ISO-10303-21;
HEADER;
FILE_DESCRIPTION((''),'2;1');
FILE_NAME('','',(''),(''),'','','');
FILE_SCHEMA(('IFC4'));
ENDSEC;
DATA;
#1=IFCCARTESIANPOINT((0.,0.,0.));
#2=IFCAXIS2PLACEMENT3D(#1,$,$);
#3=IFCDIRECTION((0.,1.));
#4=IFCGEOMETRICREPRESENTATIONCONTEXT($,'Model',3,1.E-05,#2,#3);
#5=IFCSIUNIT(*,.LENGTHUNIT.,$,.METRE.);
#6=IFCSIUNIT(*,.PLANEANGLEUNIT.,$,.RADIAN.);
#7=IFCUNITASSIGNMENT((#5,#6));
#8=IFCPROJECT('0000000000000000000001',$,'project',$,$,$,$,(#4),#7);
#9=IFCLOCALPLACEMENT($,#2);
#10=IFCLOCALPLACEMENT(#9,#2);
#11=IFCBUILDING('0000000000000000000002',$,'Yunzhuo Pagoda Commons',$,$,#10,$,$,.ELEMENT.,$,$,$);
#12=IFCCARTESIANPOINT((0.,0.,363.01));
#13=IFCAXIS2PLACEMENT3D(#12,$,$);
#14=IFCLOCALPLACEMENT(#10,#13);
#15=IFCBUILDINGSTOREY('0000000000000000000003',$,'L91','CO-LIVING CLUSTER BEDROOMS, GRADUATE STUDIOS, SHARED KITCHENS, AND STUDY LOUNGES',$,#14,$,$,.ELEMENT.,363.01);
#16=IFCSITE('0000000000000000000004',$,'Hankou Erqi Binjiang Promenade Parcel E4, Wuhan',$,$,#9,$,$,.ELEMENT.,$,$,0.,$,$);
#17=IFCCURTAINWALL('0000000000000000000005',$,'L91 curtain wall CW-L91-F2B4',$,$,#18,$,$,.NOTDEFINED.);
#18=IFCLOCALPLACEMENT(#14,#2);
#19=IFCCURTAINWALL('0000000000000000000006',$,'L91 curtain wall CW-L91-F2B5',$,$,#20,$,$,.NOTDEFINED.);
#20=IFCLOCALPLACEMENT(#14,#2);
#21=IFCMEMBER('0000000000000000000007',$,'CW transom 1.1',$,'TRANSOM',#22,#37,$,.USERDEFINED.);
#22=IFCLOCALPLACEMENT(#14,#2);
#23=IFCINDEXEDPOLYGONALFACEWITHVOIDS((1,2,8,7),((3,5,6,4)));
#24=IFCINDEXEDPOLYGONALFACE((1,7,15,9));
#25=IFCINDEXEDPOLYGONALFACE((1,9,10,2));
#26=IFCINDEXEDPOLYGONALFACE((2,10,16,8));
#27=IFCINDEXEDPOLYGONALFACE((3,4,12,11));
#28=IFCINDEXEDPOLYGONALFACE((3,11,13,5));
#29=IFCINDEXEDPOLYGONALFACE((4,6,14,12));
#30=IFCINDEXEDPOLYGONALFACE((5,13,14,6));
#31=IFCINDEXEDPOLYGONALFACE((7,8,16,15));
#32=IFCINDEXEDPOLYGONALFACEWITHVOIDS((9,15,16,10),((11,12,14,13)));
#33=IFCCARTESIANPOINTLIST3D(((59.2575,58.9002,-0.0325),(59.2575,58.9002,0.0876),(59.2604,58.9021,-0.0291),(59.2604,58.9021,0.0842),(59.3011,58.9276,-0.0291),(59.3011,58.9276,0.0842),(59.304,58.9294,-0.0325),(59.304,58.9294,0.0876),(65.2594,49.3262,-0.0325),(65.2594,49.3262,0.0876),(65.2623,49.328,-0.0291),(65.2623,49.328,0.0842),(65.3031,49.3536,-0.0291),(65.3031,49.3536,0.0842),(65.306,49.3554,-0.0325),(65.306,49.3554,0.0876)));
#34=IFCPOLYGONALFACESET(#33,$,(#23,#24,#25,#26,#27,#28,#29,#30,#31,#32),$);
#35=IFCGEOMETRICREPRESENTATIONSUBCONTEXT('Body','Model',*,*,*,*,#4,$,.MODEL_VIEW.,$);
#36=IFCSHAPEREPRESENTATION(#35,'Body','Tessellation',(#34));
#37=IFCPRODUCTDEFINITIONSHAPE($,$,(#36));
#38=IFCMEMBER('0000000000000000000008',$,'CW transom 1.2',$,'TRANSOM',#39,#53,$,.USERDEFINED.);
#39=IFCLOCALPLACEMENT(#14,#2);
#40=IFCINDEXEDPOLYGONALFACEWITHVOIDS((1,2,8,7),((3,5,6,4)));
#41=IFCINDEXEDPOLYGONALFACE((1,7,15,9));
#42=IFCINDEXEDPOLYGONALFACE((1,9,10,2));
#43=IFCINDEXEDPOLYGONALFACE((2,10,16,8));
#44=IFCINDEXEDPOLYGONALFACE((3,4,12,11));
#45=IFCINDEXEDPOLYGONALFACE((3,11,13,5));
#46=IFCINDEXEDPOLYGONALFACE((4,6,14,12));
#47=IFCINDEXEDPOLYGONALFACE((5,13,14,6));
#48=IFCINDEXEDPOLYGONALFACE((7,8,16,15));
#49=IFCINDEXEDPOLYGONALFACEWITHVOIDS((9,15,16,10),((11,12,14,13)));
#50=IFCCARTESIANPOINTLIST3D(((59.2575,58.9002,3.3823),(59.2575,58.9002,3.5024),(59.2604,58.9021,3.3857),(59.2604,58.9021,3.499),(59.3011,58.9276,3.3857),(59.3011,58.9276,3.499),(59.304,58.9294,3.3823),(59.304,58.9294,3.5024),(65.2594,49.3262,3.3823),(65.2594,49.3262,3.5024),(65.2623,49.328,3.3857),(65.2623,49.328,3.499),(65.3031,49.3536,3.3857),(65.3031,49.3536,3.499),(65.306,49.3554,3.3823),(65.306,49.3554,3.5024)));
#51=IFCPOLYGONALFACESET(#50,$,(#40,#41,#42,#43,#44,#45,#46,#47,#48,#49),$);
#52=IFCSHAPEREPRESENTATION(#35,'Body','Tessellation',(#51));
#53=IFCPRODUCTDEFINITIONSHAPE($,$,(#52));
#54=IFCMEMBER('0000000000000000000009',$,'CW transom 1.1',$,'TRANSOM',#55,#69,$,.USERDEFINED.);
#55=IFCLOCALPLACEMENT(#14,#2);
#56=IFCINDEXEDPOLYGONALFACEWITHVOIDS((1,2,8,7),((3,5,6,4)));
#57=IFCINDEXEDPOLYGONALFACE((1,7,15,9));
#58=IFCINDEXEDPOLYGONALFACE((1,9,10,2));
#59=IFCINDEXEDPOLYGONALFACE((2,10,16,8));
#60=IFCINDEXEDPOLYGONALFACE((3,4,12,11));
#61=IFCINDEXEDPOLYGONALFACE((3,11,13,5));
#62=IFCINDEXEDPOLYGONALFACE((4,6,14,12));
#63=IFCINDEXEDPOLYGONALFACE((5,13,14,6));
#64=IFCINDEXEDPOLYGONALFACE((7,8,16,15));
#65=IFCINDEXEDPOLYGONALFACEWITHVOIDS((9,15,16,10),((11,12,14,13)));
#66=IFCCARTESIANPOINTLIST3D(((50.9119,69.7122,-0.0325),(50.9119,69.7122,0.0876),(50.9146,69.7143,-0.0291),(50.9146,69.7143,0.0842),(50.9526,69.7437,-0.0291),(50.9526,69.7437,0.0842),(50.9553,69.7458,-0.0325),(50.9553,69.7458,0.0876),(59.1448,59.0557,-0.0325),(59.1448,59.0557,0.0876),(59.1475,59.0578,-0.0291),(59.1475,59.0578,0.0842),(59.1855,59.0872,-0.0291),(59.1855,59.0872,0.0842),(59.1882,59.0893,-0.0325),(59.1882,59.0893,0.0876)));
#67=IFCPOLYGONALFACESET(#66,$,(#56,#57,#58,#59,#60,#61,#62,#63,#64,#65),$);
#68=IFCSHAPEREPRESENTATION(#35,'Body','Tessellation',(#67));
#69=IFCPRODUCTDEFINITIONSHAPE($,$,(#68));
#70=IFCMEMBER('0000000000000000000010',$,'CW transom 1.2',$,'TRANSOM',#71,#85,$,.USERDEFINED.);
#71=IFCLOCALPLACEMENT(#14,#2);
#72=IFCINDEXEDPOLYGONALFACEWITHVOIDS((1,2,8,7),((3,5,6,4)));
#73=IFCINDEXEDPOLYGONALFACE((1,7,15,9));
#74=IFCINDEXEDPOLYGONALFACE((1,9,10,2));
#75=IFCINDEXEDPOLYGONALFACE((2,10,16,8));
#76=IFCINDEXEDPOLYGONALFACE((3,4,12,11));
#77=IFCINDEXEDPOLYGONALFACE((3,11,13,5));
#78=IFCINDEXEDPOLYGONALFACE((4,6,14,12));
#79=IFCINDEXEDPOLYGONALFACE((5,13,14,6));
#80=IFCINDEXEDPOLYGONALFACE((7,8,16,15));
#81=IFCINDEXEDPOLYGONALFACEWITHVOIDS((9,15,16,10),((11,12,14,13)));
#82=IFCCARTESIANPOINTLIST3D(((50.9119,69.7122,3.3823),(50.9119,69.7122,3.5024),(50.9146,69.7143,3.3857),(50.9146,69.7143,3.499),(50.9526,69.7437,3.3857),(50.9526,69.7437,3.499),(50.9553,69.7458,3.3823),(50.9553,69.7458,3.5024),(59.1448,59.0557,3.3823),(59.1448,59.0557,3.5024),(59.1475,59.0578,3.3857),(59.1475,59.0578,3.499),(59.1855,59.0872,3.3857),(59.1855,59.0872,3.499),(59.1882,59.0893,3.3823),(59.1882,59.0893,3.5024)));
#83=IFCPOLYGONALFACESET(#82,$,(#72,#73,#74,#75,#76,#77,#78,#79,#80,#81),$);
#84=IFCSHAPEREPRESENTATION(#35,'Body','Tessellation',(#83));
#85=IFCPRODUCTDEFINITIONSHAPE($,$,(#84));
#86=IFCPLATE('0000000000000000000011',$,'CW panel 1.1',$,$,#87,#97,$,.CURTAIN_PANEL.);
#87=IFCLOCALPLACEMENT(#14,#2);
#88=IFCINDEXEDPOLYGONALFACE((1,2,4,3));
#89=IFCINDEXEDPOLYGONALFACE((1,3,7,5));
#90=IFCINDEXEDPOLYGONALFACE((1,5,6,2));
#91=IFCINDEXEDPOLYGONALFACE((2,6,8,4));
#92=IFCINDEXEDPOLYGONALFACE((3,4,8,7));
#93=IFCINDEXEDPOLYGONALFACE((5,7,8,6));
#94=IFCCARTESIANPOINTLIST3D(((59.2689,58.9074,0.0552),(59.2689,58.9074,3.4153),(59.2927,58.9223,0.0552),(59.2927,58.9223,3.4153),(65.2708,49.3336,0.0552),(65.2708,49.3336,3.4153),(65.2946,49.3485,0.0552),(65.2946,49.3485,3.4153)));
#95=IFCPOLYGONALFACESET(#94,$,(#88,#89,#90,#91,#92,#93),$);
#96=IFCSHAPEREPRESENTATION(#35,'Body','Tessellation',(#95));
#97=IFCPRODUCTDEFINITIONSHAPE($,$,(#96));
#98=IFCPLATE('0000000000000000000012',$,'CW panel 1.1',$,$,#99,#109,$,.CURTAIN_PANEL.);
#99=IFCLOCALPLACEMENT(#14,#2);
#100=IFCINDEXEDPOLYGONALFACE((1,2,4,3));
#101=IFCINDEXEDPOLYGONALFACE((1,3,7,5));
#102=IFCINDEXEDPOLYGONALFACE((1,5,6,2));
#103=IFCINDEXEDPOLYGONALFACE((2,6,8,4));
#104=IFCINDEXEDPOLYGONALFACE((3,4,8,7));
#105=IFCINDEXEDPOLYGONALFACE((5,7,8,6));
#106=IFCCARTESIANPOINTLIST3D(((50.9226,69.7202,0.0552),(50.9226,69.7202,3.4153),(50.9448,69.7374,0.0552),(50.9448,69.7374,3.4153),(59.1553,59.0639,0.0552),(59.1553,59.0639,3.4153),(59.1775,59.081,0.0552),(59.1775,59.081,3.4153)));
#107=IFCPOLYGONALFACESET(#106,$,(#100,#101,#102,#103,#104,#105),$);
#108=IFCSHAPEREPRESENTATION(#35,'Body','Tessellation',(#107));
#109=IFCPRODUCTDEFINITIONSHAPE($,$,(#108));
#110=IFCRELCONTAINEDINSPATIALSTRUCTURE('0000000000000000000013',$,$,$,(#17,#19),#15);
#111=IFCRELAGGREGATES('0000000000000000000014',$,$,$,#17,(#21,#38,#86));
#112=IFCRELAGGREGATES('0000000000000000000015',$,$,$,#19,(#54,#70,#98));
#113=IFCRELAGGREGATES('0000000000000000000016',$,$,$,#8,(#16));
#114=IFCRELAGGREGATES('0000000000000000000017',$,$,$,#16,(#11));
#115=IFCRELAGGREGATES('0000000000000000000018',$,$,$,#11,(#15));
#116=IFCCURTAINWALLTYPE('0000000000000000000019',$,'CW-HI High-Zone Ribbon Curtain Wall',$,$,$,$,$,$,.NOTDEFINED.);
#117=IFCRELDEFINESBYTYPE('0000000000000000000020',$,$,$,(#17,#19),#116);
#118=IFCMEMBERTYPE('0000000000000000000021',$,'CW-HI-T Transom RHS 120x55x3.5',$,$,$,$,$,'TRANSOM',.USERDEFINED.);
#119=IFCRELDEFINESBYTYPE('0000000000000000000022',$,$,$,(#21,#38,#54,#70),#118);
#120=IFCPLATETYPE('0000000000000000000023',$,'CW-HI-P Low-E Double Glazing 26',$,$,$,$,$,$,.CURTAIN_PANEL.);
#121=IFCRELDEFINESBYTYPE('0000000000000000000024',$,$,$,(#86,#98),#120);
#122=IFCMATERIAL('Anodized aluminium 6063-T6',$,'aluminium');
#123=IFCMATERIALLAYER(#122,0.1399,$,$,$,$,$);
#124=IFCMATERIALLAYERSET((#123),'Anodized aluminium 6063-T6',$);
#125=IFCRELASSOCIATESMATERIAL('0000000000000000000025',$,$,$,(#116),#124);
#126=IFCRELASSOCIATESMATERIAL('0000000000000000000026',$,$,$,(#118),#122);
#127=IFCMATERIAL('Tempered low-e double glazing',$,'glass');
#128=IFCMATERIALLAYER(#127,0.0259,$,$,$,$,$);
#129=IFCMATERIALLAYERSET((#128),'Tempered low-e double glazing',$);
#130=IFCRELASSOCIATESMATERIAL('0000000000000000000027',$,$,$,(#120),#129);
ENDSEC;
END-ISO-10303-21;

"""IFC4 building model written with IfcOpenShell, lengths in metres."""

from ifc_helpers import new_model, si_unit, direction, frame, origin, origin_2d, place, context, subcontext, project, spatial, rectangle, hollow_rectangle, extrude, source, transform, mapped, material, layer, layer_set, material_profile, profile_set, type_object, element, aggregate, save


model = new_model("IFC4")

# Units and contexts
model_context = context("Model", 3, precision=1e-05, world=origin(), true_north=direction((0.0, 1.0)))
body_context = subcontext(model_context, "Body", "Model", "MODEL_VIEW")
ifc_project = project(units=[si_unit("LENGTHUNIT", "METRE"), si_unit("PLANEANGLEUNIT", "RADIAN")], contexts=[model_context])

# Site, building, storey
site_placement = place(None, origin())
site = spatial("IfcSite", under=ifc_project, at=site_placement, Name="Hankou Erqi Binjiang Promenade Parcel E4, Wuhan", CompositionType="ELEMENT", RefElevation=0.0)
building_placement = place(site_placement, origin())
building = spatial("IfcBuilding", under=site, at=building_placement, Name="Yunzhuo Pagoda Commons", CompositionType="ELEMENT")
storey_placement = place(building_placement, frame((0.0, 0.0, 363.01)))
storey = spatial("IfcBuildingStorey", under=building, at=storey_placement, Name="L91", Description="CO-LIVING CLUSTER BEDROOMS, GRADUATE STUDIOS, SHARED KITCHENS, AND STUDY LOUNGES", CompositionType="ELEMENT", Elevation=363.01)

# Curtain walls
ifc_material_1 = material(Name="Anodized aluminium 6063-T6", Category="aluminium")
ifc_layer_1 = layer(ifc_material_1, 0.1399)
ifc_layer_set_1 = layer_set([ifc_layer_1], Name="Anodized aluminium 6063-T6")
curtain_wall_type = type_object("IfcCurtainWallType", Name="CW-HI High-Zone Ribbon Curtain Wall", PredefinedType="NOTDEFINED", material=ifc_layer_set_1)
curtain_wall_1_placement = place(storey_placement, origin())
curtain_wall_1 = element("IfcCurtainWall", 1, at=curtain_wall_1_placement, inside=storey, type_object=curtain_wall_type, Name="L91 curtain wall CW-L91-F2B4", PredefinedType="NOTDEFINED")
curtain_wall_2_placement = place(storey_placement, origin())
curtain_wall_2 = element("IfcCurtainWall", 2, at=curtain_wall_2_placement, inside=storey, type_object=curtain_wall_type, Name="L91 curtain wall CW-L91-F2B5", PredefinedType="NOTDEFINED")

# Members
ifc_material_profile_1 = material_profile(ifc_material_1, hollow_rectangle(XDim=0.0549, YDim=0.1201, WallThickness=0.0034, at=origin_2d()), Name="Anodized aluminium 6063-T6")
ifc_profile_set_1 = profile_set([ifc_material_profile_1], Name="Anodized aluminium 6063-T6")
member_type_1 = type_object("IfcMemberType", Name="CW-HI-T Transom RHS 120x55x3.5", ElementType="TRANSOM", PredefinedType="USERDEFINED", material=ifc_profile_set_1)
shared_shape_1 = source(origin(), body_context, "Body", "SweptSolid", [
    extrude(hollow_rectangle(XDim=0.0549, YDim=0.1201, WallThickness=0.0034, at=origin_2d()), origin(), (0.0, 0.0, 1.0), 11.2998),
])
member_1_placement = place(storey_placement, frame((65.2827, 49.3408, 0.0276), z_axis=(-0.531158, 0.847273, 0.0), x_axis=(-0.847273, -0.531158, 0.0)))
member_1 = element("IfcMember", 3, at=member_1_placement, type_object=member_type_1, Name="CW transom 1.1", ObjectType="TRANSOM", PredefinedType="USERDEFINED", context=body_context, shape_type="MappedRepresentation", body=[
    mapped(shared_shape_1, transform((0.0, 0.0, 0.0), scale=1.0)),
])
member_2_placement = place(storey_placement, frame((65.2827, 49.3408, 3.4424), z_axis=(-0.531158, 0.847273, 0.0), x_axis=(-0.847273, -0.531158, 0.0)))
member_2 = element("IfcMember", 4, at=member_2_placement, type_object=member_type_1, Name="CW transom 1.2", ObjectType="TRANSOM", PredefinedType="USERDEFINED", context=body_context, shape_type="MappedRepresentation", body=[
    mapped(shared_shape_1, transform((0.0, 0.0, 0.0), scale=1.0)),
])
shared_shape_2 = source(origin(), body_context, "Body", "SweptSolid", [
    extrude(hollow_rectangle(XDim=0.0549, YDim=0.1201, WallThickness=0.0034, at=origin_2d()), origin(), (0.0, 0.0, 1.0), 13.4663),
])
member_3_placement = place(storey_placement, frame((59.1665, 59.0725, 0.0276), z_axis=(-0.611371, 0.791344, 0.0), x_axis=(-0.791344, -0.611371, 0.0)))
member_3 = element("IfcMember", 5, at=member_3_placement, type_object=member_type_1, Name="CW transom 1.1", ObjectType="TRANSOM", PredefinedType="USERDEFINED", context=body_context, shape_type="MappedRepresentation", body=[
    mapped(shared_shape_2, transform((0.0, 0.0, 0.0), scale=1.0)),
])
member_4_placement = place(storey_placement, frame((59.1665, 59.0725, 3.4424), z_axis=(-0.611371, 0.791344, 0.0), x_axis=(-0.791344, -0.611371, 0.0)))
member_4 = element("IfcMember", 6, at=member_4_placement, type_object=member_type_1, Name="CW transom 1.2", ObjectType="TRANSOM", PredefinedType="USERDEFINED", context=body_context, shape_type="MappedRepresentation", body=[
    mapped(shared_shape_2, transform((0.0, 0.0, 0.0), scale=1.0)),
])

# Plates
ifc_material_2 = material(Name="Tempered low-e double glazing", Category="glass")
ifc_layer_2 = layer(ifc_material_2, 0.0259)
ifc_layer_set_2 = layer_set([ifc_layer_2], Name="Tempered low-e double glazing")
plate_type = type_object("IfcPlateType", Name="CW-HI-P Low-E Double Glazing 26", PredefinedType="CURTAIN_PANEL", material=ifc_layer_set_2)
shared_shape_3 = source(origin(), body_context, "Body", "SweptSolid", [
    extrude(rectangle(XDim=11.2996, YDim=0.0281, at=origin_2d()), origin(), (0.0, 0.0, 1.0), 3.3601),
])
plate_1_placement = place(storey_placement, frame((62.2817, 54.1279, 0.0552), z_axis=(0.0, 0.0, 1.0), x_axis=(-0.531158, 0.847273, 0.0)))
plate_1 = element("IfcPlate", 7, at=plate_1_placement, type_object=plate_type, Name="CW panel 1.1", PredefinedType="CURTAIN_PANEL", context=body_context, shape_type="MappedRepresentation", body=[
    mapped(shared_shape_3, transform((0.0, 0.0, 0.0), scale=1.0)),
])
aggregate(curtain_wall_1, [member_1, member_2, plate_1])
shared_shape_4 = source(origin(), body_context, "Body", "SweptSolid", [
    extrude(rectangle(XDim=13.4661, YDim=0.0281, at=origin_2d()), origin(), (0.0, 0.0, 1.0), 3.3601),
])
plate_2_placement = place(storey_placement, frame((55.05, 64.4006, 0.0552), z_axis=(0.0, 0.0, 1.0), x_axis=(-0.611365, 0.791349, 0.0)))
plate_2 = element("IfcPlate", 8, at=plate_2_placement, type_object=plate_type, Name="CW panel 1.1", PredefinedType="CURTAIN_PANEL", context=body_context, shape_type="MappedRepresentation", body=[
    mapped(shared_shape_4, transform((0.0, 0.0, 0.0), scale=1.0)),
])
aggregate(curtain_wall_2, [member_3, member_4, plate_2])

save(model, "model.ifc")
